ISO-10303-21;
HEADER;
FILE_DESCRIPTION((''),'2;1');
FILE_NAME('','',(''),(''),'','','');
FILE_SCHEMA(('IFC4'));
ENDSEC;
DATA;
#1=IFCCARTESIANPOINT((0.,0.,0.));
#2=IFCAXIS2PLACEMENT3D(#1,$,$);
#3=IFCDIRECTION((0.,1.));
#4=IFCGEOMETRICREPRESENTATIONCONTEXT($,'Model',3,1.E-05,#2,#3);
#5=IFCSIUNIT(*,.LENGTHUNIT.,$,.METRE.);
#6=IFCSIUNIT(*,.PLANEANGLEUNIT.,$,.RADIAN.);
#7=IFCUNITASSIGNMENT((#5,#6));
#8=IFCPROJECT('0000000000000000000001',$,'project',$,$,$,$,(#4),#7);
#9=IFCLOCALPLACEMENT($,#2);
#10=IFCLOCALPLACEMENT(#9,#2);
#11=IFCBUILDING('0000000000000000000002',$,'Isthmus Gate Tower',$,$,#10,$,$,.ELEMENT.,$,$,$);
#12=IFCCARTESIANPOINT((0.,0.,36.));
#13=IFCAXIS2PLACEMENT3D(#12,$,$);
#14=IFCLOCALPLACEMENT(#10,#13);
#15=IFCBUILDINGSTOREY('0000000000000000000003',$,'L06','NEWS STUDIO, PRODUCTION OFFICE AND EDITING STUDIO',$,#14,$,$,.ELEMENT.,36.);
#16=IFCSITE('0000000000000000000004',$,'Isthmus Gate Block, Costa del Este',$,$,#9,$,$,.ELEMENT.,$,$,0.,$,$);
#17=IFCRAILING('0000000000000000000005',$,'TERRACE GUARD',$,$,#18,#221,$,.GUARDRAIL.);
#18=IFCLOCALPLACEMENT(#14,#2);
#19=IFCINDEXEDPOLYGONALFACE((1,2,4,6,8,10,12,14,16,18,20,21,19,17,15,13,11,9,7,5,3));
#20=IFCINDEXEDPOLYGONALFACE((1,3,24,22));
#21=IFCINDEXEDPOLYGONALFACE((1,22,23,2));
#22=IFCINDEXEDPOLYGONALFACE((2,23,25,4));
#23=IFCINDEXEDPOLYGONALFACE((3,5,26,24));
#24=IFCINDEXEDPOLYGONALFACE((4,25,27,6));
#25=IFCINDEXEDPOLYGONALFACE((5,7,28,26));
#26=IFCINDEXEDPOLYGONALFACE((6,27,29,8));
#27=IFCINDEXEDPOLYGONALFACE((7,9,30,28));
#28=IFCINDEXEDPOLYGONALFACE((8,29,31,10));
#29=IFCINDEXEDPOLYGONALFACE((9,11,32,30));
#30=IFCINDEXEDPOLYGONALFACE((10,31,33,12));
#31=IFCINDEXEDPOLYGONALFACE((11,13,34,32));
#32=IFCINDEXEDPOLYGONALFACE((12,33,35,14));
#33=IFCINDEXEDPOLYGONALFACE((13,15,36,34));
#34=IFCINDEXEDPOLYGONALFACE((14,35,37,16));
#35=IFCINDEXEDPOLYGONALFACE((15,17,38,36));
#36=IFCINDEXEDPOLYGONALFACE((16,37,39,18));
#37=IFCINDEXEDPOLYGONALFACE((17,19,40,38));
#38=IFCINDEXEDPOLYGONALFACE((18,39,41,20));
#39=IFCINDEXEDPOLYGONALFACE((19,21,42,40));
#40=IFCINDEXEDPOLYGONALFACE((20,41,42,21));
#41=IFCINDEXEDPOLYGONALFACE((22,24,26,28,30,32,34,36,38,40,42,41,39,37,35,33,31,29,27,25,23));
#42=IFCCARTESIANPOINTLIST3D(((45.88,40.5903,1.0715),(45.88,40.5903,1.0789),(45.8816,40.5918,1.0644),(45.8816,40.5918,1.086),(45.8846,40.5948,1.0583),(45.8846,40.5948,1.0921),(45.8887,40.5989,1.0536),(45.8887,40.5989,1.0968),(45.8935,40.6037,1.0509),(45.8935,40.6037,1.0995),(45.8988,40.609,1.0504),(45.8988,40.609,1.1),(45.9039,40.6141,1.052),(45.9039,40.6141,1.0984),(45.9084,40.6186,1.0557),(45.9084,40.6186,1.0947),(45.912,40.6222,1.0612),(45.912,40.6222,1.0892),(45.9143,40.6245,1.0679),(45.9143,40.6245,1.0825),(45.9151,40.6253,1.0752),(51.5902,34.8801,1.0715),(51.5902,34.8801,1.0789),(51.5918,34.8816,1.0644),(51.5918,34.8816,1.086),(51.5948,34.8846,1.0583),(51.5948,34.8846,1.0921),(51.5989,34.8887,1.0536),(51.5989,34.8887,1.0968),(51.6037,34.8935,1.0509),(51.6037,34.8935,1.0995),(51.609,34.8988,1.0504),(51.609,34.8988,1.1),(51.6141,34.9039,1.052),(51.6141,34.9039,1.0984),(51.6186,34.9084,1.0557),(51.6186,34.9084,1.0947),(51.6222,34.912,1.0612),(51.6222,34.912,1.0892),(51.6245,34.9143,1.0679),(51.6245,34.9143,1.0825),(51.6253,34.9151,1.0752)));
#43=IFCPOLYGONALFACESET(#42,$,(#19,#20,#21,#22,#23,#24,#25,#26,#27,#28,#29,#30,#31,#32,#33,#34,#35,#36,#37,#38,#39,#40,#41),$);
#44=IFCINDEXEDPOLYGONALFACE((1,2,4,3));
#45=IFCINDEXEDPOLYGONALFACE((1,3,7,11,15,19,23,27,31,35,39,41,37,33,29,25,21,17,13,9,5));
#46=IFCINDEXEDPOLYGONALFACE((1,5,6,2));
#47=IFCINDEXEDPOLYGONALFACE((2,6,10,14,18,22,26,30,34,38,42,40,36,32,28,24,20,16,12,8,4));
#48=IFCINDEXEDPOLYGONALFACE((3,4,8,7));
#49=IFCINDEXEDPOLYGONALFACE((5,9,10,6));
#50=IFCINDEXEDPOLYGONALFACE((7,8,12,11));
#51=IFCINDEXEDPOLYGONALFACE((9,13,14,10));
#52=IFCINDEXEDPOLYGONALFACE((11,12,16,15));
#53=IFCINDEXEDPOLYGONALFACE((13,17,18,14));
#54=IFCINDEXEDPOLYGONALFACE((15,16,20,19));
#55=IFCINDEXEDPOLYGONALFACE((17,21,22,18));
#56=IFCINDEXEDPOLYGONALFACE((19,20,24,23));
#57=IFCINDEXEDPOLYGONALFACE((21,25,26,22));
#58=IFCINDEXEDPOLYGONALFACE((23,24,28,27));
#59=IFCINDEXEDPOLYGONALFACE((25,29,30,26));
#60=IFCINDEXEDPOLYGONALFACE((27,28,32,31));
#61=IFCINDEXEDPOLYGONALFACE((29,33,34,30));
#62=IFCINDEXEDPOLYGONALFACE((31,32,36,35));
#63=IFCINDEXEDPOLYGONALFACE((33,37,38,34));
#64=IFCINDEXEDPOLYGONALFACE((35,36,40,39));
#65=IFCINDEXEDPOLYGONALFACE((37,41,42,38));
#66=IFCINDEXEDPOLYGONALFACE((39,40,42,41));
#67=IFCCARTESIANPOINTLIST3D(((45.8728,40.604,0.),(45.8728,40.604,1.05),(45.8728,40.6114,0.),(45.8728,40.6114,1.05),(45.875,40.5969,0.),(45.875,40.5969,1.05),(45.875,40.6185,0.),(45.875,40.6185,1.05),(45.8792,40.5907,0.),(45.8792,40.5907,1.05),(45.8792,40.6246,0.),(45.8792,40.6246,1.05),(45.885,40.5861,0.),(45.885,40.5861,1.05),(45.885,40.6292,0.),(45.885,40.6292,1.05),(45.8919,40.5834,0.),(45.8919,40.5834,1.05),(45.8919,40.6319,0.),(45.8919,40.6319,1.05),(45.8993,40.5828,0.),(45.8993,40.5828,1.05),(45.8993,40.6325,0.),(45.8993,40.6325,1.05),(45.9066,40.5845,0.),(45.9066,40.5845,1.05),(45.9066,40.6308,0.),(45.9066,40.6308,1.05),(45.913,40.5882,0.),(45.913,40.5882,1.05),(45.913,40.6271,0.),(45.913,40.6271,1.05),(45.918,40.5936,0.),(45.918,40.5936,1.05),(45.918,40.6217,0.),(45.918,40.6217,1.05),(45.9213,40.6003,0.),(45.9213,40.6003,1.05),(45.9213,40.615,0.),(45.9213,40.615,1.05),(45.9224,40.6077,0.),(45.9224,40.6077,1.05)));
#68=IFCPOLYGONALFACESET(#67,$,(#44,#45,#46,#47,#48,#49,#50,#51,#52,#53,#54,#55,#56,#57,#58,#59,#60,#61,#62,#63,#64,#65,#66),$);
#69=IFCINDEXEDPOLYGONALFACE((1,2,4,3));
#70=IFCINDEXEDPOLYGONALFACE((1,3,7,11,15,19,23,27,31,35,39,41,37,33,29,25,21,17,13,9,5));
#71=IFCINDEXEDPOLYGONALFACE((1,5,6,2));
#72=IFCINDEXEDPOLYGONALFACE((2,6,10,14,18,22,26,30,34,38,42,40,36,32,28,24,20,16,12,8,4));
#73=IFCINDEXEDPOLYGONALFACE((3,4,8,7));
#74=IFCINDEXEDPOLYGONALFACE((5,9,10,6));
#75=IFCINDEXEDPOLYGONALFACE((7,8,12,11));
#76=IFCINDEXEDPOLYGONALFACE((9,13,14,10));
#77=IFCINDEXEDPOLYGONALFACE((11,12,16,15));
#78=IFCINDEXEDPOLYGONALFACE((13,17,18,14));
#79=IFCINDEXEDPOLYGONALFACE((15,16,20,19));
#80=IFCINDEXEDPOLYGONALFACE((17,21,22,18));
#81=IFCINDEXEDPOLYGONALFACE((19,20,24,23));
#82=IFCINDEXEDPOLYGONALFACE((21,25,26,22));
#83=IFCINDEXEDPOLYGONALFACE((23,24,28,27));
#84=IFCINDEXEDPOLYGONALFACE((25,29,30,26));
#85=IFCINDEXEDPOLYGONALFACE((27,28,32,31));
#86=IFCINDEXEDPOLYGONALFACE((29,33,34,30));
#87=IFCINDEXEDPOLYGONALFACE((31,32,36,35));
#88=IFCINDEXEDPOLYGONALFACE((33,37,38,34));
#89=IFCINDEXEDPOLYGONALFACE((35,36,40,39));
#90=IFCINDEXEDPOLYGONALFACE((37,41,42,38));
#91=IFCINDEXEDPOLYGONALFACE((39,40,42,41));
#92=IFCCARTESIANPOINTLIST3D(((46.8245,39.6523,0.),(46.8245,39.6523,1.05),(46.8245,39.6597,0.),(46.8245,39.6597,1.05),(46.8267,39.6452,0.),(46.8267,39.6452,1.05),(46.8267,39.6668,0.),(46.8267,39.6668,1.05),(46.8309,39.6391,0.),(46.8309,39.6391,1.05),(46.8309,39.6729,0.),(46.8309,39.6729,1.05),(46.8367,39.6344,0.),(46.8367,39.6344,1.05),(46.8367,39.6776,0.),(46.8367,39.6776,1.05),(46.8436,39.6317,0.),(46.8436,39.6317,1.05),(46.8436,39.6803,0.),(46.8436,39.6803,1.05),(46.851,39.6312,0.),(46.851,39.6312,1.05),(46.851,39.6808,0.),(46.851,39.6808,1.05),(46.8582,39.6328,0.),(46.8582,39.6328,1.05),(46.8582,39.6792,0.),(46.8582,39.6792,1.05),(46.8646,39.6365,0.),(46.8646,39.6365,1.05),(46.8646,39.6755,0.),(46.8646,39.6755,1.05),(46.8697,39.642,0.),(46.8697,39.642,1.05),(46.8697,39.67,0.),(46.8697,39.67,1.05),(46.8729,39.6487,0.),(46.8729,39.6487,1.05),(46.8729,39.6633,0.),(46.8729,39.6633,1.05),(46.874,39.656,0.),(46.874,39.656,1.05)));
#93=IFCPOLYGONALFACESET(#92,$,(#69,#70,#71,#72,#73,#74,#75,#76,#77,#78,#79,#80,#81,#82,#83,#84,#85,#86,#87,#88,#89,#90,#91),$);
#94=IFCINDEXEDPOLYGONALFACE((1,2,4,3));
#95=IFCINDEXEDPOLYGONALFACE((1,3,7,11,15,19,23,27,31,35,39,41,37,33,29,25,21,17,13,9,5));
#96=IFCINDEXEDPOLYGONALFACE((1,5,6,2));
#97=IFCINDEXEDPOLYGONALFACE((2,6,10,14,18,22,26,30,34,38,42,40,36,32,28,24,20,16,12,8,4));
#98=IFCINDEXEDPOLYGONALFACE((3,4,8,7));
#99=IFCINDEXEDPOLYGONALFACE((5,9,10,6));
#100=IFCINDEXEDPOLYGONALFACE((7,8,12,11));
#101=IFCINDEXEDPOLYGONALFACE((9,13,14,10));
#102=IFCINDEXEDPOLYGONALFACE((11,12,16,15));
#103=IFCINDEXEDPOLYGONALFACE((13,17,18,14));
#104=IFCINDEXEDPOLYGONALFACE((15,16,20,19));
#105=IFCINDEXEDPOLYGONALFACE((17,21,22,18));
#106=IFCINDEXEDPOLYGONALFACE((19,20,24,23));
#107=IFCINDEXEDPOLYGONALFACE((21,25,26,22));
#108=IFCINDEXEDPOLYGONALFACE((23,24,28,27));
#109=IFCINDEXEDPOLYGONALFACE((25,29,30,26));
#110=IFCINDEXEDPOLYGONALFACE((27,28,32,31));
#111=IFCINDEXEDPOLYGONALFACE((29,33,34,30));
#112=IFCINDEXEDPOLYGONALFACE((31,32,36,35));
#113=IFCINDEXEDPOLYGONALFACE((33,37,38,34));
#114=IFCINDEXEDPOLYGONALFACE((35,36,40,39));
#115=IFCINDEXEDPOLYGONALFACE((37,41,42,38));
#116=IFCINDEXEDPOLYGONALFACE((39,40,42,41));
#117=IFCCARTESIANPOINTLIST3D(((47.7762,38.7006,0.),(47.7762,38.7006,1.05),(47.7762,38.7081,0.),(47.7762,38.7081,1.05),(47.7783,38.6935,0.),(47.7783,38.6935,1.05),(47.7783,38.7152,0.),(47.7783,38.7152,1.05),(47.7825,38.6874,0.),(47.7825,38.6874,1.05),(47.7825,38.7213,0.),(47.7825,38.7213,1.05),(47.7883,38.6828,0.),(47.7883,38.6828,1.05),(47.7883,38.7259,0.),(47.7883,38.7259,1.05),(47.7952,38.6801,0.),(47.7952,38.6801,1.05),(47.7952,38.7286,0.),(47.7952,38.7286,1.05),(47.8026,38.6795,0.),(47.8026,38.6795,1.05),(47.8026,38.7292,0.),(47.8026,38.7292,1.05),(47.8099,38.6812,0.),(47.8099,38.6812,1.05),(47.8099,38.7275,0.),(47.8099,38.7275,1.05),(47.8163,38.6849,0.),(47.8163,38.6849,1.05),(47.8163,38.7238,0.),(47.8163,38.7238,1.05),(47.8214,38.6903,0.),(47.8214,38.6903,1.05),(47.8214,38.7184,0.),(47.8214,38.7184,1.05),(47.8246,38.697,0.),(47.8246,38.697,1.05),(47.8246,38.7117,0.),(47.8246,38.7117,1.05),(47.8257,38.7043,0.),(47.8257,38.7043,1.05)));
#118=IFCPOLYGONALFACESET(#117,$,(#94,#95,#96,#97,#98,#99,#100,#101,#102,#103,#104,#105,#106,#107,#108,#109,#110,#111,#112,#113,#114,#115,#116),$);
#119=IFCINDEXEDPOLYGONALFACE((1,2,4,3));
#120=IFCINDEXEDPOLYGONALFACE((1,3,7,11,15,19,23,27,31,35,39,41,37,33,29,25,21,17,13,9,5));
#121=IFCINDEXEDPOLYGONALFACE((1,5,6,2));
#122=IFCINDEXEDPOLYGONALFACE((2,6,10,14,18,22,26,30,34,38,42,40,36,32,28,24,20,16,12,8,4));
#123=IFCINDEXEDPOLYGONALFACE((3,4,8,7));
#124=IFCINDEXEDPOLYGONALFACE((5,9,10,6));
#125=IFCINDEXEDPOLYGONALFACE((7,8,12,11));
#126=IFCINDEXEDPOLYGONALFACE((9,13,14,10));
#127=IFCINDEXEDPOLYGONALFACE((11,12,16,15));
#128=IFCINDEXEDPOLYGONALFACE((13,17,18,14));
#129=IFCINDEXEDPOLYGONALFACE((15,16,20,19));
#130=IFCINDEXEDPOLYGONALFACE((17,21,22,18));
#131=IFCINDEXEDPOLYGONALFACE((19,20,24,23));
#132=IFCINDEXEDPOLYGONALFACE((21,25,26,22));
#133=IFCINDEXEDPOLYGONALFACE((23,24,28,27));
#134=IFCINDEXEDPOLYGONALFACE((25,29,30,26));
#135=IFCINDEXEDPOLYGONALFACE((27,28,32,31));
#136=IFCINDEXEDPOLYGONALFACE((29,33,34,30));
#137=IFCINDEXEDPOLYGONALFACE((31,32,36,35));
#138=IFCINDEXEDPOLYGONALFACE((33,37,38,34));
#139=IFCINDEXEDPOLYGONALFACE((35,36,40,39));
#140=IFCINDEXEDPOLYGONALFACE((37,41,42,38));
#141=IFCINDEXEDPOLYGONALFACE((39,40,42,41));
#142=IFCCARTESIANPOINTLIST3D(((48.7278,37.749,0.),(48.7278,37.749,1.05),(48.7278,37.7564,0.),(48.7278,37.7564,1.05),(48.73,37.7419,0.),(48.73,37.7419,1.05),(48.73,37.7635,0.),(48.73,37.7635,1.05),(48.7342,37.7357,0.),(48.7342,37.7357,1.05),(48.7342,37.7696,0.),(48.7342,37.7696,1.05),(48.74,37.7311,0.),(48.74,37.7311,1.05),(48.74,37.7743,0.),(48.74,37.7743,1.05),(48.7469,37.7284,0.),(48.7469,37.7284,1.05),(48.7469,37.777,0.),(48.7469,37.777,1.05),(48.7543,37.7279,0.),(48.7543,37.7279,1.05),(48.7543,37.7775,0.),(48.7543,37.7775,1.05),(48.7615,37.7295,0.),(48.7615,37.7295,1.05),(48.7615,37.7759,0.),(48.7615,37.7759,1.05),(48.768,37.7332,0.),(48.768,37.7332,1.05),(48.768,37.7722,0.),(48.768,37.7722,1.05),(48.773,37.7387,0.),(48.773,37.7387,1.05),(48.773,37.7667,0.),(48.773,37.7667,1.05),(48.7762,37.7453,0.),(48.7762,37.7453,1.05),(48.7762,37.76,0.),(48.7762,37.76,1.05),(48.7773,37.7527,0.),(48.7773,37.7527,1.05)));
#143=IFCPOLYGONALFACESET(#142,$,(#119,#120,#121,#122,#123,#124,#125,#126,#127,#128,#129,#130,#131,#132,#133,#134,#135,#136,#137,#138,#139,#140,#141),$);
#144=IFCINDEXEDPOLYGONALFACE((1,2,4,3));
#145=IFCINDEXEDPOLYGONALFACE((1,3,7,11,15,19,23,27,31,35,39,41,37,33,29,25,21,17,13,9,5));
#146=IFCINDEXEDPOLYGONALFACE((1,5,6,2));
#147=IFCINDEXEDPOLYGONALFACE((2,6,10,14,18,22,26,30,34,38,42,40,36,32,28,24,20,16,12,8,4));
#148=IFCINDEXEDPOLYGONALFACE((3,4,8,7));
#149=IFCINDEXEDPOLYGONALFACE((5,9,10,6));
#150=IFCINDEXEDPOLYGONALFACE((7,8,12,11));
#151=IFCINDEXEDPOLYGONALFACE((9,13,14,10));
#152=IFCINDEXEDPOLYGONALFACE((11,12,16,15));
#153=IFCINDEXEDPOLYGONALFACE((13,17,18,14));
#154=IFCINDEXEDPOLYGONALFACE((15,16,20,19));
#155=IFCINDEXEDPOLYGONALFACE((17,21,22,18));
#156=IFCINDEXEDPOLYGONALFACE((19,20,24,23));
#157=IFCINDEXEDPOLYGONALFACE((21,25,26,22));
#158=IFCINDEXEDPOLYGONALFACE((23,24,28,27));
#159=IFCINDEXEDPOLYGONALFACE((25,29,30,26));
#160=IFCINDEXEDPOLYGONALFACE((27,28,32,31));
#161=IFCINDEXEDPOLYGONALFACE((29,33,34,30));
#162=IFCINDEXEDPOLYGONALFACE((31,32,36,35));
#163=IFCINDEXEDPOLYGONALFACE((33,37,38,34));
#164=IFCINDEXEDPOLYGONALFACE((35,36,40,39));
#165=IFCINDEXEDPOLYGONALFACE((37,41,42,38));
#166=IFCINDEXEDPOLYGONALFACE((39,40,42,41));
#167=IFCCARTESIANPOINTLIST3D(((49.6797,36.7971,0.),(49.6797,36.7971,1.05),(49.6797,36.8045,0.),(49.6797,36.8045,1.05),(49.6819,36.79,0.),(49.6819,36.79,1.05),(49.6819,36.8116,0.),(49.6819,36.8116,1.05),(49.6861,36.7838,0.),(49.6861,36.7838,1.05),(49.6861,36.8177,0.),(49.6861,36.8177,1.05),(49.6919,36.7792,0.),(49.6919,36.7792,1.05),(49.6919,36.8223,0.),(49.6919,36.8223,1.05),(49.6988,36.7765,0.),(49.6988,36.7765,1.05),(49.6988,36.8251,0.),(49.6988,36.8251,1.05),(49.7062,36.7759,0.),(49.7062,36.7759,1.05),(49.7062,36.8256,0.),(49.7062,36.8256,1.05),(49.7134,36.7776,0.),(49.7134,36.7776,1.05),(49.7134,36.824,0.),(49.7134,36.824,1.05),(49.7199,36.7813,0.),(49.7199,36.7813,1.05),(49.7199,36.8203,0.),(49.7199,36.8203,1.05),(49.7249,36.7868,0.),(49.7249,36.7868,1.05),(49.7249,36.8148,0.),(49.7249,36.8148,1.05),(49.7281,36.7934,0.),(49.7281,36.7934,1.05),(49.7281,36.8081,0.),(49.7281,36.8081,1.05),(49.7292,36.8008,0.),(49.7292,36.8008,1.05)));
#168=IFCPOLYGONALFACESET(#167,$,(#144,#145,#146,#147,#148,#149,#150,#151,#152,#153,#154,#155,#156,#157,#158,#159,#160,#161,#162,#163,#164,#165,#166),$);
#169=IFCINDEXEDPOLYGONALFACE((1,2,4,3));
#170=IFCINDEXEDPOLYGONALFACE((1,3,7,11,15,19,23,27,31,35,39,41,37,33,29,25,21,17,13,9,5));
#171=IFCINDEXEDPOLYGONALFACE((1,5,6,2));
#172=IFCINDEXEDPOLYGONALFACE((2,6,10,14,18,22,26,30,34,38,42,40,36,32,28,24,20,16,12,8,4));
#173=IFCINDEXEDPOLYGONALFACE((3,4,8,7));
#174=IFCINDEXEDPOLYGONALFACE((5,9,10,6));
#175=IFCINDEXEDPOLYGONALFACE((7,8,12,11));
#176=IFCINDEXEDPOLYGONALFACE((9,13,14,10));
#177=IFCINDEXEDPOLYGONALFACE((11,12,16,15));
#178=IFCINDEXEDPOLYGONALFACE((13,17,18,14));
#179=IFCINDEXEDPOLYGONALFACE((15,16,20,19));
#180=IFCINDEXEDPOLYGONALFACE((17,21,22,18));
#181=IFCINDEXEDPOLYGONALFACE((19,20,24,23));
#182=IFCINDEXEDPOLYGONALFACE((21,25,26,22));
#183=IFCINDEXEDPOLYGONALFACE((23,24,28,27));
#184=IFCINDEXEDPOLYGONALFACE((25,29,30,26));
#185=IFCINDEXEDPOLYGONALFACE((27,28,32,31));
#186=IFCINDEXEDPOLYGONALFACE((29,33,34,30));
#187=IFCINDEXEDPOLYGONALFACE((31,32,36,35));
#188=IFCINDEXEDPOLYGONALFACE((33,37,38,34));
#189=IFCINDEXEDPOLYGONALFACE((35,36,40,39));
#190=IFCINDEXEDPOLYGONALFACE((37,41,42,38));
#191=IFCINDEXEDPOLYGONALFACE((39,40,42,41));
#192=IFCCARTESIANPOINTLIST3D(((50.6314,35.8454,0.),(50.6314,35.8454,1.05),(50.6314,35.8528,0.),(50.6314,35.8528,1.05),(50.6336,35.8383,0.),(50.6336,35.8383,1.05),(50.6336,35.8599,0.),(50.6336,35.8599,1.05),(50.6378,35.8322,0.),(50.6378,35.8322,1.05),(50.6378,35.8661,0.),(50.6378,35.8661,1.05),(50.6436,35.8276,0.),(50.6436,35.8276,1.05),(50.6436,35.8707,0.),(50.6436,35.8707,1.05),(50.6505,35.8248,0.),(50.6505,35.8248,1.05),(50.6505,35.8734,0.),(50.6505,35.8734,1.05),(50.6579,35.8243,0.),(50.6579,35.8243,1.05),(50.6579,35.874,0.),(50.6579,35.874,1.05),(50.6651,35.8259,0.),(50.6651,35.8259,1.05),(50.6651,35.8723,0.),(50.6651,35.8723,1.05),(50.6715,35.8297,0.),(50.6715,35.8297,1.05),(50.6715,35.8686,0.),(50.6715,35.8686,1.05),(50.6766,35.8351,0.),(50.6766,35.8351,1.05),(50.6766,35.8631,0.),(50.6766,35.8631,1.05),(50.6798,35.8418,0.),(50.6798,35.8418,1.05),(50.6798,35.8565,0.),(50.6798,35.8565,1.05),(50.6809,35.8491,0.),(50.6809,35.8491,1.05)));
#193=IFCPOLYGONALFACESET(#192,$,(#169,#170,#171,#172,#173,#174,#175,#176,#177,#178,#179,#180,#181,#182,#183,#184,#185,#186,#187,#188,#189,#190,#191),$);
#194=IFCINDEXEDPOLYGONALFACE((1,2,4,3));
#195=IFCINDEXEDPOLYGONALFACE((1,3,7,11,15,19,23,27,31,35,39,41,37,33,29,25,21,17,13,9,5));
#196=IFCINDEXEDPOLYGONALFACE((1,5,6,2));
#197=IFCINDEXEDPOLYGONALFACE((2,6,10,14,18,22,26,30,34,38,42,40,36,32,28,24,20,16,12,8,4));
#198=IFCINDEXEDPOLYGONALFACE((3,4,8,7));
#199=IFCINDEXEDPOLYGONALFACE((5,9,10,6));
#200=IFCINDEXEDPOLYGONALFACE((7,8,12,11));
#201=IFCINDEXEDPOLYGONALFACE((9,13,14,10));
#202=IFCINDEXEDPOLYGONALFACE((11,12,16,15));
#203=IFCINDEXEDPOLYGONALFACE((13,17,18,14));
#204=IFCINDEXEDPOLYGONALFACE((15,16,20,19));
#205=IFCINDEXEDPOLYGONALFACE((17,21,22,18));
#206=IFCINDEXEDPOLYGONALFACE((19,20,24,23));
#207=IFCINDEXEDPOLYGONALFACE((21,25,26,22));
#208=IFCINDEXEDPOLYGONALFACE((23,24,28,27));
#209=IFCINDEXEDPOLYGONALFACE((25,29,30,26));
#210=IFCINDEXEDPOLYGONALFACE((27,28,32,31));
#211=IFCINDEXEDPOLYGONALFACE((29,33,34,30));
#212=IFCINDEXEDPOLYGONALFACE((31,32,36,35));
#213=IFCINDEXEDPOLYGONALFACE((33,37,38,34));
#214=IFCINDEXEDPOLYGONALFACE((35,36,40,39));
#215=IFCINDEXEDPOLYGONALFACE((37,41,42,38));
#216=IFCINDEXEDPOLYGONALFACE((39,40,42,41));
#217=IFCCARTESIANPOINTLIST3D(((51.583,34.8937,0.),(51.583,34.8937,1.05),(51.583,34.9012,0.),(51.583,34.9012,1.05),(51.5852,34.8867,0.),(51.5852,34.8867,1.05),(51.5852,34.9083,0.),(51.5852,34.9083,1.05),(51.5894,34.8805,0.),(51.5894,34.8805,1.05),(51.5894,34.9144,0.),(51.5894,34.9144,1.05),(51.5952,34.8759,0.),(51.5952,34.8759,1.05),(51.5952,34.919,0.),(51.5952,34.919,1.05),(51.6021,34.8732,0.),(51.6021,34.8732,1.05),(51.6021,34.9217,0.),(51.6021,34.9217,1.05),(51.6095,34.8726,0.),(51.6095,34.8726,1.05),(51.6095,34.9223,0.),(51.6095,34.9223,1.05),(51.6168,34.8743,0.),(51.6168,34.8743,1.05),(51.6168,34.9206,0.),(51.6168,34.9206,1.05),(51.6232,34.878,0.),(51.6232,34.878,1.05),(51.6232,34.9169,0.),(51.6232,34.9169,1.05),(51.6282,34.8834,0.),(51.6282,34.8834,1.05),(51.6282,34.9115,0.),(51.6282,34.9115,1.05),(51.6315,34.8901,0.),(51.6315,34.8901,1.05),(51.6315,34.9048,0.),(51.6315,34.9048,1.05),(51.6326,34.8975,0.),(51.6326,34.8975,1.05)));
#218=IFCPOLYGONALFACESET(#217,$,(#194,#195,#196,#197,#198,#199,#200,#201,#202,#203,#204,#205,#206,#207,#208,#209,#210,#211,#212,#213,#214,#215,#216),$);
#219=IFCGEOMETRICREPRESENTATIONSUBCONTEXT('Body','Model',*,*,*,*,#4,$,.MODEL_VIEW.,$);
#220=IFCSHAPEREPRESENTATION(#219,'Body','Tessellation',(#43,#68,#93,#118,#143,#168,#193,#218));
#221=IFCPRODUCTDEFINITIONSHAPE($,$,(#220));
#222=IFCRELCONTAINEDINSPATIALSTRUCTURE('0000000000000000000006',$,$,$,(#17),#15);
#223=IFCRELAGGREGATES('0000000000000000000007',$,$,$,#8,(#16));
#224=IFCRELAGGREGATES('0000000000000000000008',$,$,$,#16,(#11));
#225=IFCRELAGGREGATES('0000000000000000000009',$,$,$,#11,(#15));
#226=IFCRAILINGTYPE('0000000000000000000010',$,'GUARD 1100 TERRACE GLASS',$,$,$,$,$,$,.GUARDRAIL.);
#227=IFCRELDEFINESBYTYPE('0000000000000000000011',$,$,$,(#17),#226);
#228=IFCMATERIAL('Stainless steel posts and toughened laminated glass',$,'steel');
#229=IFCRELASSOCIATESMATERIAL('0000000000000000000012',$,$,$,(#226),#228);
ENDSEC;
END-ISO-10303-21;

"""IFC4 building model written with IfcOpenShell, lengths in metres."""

from ifc_helpers import new_model, si_unit, direction, frame, origin, origin_2d, place, context, subcontext, project, spatial, circle, extrude, material, type_object, element, save


model = new_model("IFC4")

# Units and contexts
model_context = context("Model", 3, precision=1e-05, world=origin(), true_north=direction((0.0, 1.0)))
body_context = subcontext(model_context, "Body", "Model", "MODEL_VIEW")
ifc_project = project(units=[si_unit("LENGTHUNIT", "METRE"), si_unit("PLANEANGLEUNIT", "RADIAN")], contexts=[model_context])

# Site, building, storey
site_placement = place(None, origin())
site = spatial("IfcSite", under=ifc_project, at=site_placement, Name="Isthmus Gate Block, Costa del Este", CompositionType="ELEMENT", RefElevation=0.0)
building_placement = place(site_placement, origin())
building = spatial("IfcBuilding", under=site, at=building_placement, Name="Isthmus Gate Tower", CompositionType="ELEMENT")
storey_placement = place(building_placement, frame((0.0, 0.0, 36.0)))
storey = spatial("IfcBuildingStorey", under=building, at=storey_placement, Name="L06", Description="NEWS STUDIO, PRODUCTION OFFICE AND EDITING STUDIO", CompositionType="ELEMENT", Elevation=36.0)

# Railing
ifc_material_1 = material(Name="Stainless steel posts and toughened laminated glass", Category="steel")
railing_type_1 = type_object("IfcRailingType", Name="GUARD 1100 TERRACE GLASS", PredefinedType="GUARDRAIL", material=ifc_material_1)
railing_1_placement = place(storey_placement, frame((45.8975, 40.6077, 0.0)))
element("IfcRailing", 1, at=railing_1_placement, inside=storey, type_object=railing_type_1, Name="TERRACE GUARD", PredefinedType="GUARDRAIL", context=body_context, shape_type="SweptSolid", body=[
    extrude(circle(Radius=0.0249, at=origin_2d()), frame((0.0, 0.0, 1.0752), z_axis=(0.707107, -0.707107, 0.0), x_axis=(0.707107, 0.707107, 0.0)), (0.0, 0.0, 1.0), 8.0754),
    extrude(circle(Radius=0.0249, at=origin_2d()), origin(), (0.0, 0.0, 1.0), 1.05),
    extrude(circle(Radius=0.0249, at=origin_2d()), frame((0.9517, -0.9517, 0.0)), (0.0, 0.0, 1.0), 1.05),
    extrude(circle(Radius=0.0249, at=origin_2d()), frame((1.9033, -1.9033, 0.0)), (0.0, 0.0, 1.0), 1.05),
    extrude(circle(Radius=0.0249, at=origin_2d()), frame((2.855, -2.855, 0.0)), (0.0, 0.0, 1.0), 1.05),
    extrude(circle(Radius=0.0249, at=origin_2d()), frame((3.8069, -3.8069, 0.0)), (0.0, 0.0, 1.0), 1.05),
    extrude(circle(Radius=0.0249, at=origin_2d()), frame((4.7585, -4.7585, 0.0)), (0.0, 0.0, 1.0), 1.05),
    extrude(circle(Radius=0.0249, at=origin_2d()), frame((5.7102, -5.7102, 0.0)), (0.0, 0.0, 1.0), 1.05),
])

save(model, "model.ifc")
